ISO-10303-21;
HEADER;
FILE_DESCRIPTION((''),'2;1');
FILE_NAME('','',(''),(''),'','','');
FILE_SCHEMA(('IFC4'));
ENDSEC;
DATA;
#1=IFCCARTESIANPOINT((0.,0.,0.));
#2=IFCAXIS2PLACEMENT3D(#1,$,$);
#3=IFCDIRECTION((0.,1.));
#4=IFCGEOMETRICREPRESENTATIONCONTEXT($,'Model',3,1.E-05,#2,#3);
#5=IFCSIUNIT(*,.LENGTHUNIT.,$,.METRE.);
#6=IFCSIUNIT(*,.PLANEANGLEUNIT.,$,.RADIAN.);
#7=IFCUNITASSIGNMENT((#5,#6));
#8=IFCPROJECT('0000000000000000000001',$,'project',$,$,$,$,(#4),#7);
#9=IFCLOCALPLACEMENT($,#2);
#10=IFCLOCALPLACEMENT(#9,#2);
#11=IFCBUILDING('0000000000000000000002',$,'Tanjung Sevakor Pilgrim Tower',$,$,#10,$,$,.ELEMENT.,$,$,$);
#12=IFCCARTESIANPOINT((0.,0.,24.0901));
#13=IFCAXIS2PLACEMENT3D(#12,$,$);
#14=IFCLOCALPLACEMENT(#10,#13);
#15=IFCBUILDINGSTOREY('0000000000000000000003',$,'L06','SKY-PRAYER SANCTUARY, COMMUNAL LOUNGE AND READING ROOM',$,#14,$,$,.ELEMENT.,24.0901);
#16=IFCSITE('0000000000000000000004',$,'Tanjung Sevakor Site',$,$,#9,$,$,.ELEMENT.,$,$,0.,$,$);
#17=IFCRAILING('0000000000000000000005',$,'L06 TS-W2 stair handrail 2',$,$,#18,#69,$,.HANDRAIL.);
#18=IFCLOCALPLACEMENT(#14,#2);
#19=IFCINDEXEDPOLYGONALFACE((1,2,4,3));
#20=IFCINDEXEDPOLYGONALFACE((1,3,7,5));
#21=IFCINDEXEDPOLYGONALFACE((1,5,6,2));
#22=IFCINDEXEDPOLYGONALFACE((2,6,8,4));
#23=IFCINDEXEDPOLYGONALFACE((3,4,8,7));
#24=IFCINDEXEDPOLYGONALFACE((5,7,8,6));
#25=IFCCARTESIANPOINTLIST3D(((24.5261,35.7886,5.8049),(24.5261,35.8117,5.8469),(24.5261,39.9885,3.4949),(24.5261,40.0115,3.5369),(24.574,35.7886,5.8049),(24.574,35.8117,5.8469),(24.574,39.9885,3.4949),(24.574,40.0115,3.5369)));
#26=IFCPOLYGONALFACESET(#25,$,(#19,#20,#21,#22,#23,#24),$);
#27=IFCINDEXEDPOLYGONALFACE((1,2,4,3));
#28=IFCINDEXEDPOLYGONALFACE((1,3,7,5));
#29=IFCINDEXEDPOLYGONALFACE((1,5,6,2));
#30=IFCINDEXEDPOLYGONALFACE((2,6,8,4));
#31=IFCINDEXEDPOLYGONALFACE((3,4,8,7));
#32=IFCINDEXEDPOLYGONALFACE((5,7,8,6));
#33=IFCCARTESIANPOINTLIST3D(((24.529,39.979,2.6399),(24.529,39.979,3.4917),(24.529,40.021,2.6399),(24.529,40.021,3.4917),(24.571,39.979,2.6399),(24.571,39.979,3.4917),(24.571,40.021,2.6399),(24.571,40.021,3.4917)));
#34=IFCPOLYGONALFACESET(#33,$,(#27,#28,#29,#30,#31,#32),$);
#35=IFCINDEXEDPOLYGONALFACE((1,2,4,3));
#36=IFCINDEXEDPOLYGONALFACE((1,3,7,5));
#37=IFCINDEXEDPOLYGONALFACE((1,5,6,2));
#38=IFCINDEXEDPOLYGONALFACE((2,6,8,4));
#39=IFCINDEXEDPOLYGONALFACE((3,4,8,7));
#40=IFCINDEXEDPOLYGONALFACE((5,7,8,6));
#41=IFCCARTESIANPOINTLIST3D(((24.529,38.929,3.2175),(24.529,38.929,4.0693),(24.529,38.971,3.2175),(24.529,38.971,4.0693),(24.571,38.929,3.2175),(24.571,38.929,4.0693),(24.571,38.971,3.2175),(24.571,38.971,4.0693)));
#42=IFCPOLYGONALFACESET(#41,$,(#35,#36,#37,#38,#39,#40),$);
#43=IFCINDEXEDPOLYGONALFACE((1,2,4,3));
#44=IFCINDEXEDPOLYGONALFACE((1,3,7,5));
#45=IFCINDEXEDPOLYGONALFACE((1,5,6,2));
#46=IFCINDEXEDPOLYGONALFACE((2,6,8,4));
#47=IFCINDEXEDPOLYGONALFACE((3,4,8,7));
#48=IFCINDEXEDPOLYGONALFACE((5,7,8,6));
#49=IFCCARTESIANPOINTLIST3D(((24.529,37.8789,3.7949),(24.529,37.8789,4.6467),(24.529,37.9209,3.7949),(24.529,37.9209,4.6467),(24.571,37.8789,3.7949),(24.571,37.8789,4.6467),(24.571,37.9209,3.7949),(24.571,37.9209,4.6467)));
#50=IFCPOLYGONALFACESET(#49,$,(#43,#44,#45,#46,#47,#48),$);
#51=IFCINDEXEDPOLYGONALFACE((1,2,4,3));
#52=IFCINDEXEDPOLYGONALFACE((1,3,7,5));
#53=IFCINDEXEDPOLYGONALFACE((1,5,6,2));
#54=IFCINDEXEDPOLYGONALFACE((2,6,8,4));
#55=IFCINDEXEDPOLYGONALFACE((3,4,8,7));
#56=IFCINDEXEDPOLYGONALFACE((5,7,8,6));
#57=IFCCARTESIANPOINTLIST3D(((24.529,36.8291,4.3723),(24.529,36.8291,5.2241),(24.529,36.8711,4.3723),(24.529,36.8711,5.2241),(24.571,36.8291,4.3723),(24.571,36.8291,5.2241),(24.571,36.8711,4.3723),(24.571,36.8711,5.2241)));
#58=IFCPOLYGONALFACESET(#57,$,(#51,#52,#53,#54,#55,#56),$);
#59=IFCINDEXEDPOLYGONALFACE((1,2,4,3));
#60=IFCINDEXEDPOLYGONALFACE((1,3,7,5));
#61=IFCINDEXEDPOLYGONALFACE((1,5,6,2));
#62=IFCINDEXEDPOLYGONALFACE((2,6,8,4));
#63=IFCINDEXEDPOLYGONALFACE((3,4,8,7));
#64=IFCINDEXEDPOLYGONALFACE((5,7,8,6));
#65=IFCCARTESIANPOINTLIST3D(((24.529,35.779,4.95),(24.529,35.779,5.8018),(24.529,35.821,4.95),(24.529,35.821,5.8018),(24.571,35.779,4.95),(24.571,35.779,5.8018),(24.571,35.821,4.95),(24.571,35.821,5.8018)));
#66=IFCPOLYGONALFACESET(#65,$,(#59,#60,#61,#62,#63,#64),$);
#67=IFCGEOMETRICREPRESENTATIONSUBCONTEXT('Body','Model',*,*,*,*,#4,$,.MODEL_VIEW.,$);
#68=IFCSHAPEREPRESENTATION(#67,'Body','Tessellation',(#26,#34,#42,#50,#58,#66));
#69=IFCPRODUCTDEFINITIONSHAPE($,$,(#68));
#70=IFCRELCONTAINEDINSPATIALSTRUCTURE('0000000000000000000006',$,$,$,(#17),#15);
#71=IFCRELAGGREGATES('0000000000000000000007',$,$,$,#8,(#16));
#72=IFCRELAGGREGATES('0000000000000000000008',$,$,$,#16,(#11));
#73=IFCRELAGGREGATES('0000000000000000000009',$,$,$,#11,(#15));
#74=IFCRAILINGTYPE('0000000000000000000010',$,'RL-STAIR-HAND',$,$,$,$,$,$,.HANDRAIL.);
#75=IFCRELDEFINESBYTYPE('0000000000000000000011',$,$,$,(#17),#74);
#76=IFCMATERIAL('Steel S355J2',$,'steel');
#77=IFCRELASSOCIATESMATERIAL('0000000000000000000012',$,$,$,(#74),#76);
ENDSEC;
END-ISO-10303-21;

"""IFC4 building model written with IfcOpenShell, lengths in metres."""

from ifc_helpers import new_model, si_unit, direction, frame, origin, place, context, subcontext, project, spatial, rectangle, extrude, material, type_object, element, save


model = new_model("IFC4")

# Units and contexts
model_context = context("Model", 3, precision=1e-05, world=origin(), true_north=direction((0.0, 1.0)))
body_context = subcontext(model_context, "Body", "Model", "MODEL_VIEW")
ifc_project = project(units=[si_unit("LENGTHUNIT", "METRE"), si_unit("PLANEANGLEUNIT", "RADIAN")], contexts=[model_context])

# Site, building, storey
site_placement = place(None, origin())
site = spatial("IfcSite", under=ifc_project, at=site_placement, Name="Tanjung Sevakor Site", CompositionType="ELEMENT", RefElevation=0.0)
building_placement = place(site_placement, origin())
building = spatial("IfcBuilding", under=site, at=building_placement, Name="Tanjung Sevakor Pilgrim Tower", CompositionType="ELEMENT")
storey_placement = place(building_placement, frame((0.0, 0.0, 24.0901)))
storey = spatial("IfcBuildingStorey", under=building, at=storey_placement, Name="L06", Description="SKY-PRAYER SANCTUARY, COMMUNAL LOUNGE AND READING ROOM", CompositionType="ELEMENT", Elevation=24.0901)

# Railing
ifc_material_1 = material(Name="Steel S355J2", Category="steel")
railing_type_1 = type_object("IfcRailingType", Name="RL-STAIR-HAND", PredefinedType="HANDRAIL", material=ifc_material_1)
for number, where, name in (
    (1, (24.55, 40.0, 2.6399), "L06 TS-W2 stair handrail 2"),
):
    element("IfcRailing", number, at=place(storey_placement, frame(where)), inside=storey, type_object=railing_type_1, Name=name, PredefinedType="HANDRAIL", context=body_context, shape_type="SweptSolid", body=[
        extrude(rectangle(XDim=0.0479, YDim=0.0479), frame((0.0, 0.0, 0.876), z_axis=(0.0, -0.876208, 0.481932), x_axis=(1.0, 0.0, 0.0)), (0.0, 0.0, 1.0), 4.7932),
        extrude(rectangle(XDim=0.042, YDim=0.042), origin(), (0.0, 0.0, 1.0), 0.8518),
        extrude(rectangle(XDim=0.042, YDim=0.042), frame((0.0, -1.05, 0.5776)), (0.0, 0.0, 1.0), 0.8518),
        extrude(rectangle(XDim=0.042, YDim=0.042), frame((0.0, -2.1001, 1.155)), (0.0, 0.0, 1.0), 0.8518),
        extrude(rectangle(XDim=0.042, YDim=0.042), frame((0.0, -3.1499, 1.7324)), (0.0, 0.0, 1.0), 0.8518),
        extrude(rectangle(XDim=0.042, YDim=0.042), frame((0.0, -4.2, 2.3101)), (0.0, 0.0, 1.0), 0.8518),
    ])

save(model, "model.ifc")
